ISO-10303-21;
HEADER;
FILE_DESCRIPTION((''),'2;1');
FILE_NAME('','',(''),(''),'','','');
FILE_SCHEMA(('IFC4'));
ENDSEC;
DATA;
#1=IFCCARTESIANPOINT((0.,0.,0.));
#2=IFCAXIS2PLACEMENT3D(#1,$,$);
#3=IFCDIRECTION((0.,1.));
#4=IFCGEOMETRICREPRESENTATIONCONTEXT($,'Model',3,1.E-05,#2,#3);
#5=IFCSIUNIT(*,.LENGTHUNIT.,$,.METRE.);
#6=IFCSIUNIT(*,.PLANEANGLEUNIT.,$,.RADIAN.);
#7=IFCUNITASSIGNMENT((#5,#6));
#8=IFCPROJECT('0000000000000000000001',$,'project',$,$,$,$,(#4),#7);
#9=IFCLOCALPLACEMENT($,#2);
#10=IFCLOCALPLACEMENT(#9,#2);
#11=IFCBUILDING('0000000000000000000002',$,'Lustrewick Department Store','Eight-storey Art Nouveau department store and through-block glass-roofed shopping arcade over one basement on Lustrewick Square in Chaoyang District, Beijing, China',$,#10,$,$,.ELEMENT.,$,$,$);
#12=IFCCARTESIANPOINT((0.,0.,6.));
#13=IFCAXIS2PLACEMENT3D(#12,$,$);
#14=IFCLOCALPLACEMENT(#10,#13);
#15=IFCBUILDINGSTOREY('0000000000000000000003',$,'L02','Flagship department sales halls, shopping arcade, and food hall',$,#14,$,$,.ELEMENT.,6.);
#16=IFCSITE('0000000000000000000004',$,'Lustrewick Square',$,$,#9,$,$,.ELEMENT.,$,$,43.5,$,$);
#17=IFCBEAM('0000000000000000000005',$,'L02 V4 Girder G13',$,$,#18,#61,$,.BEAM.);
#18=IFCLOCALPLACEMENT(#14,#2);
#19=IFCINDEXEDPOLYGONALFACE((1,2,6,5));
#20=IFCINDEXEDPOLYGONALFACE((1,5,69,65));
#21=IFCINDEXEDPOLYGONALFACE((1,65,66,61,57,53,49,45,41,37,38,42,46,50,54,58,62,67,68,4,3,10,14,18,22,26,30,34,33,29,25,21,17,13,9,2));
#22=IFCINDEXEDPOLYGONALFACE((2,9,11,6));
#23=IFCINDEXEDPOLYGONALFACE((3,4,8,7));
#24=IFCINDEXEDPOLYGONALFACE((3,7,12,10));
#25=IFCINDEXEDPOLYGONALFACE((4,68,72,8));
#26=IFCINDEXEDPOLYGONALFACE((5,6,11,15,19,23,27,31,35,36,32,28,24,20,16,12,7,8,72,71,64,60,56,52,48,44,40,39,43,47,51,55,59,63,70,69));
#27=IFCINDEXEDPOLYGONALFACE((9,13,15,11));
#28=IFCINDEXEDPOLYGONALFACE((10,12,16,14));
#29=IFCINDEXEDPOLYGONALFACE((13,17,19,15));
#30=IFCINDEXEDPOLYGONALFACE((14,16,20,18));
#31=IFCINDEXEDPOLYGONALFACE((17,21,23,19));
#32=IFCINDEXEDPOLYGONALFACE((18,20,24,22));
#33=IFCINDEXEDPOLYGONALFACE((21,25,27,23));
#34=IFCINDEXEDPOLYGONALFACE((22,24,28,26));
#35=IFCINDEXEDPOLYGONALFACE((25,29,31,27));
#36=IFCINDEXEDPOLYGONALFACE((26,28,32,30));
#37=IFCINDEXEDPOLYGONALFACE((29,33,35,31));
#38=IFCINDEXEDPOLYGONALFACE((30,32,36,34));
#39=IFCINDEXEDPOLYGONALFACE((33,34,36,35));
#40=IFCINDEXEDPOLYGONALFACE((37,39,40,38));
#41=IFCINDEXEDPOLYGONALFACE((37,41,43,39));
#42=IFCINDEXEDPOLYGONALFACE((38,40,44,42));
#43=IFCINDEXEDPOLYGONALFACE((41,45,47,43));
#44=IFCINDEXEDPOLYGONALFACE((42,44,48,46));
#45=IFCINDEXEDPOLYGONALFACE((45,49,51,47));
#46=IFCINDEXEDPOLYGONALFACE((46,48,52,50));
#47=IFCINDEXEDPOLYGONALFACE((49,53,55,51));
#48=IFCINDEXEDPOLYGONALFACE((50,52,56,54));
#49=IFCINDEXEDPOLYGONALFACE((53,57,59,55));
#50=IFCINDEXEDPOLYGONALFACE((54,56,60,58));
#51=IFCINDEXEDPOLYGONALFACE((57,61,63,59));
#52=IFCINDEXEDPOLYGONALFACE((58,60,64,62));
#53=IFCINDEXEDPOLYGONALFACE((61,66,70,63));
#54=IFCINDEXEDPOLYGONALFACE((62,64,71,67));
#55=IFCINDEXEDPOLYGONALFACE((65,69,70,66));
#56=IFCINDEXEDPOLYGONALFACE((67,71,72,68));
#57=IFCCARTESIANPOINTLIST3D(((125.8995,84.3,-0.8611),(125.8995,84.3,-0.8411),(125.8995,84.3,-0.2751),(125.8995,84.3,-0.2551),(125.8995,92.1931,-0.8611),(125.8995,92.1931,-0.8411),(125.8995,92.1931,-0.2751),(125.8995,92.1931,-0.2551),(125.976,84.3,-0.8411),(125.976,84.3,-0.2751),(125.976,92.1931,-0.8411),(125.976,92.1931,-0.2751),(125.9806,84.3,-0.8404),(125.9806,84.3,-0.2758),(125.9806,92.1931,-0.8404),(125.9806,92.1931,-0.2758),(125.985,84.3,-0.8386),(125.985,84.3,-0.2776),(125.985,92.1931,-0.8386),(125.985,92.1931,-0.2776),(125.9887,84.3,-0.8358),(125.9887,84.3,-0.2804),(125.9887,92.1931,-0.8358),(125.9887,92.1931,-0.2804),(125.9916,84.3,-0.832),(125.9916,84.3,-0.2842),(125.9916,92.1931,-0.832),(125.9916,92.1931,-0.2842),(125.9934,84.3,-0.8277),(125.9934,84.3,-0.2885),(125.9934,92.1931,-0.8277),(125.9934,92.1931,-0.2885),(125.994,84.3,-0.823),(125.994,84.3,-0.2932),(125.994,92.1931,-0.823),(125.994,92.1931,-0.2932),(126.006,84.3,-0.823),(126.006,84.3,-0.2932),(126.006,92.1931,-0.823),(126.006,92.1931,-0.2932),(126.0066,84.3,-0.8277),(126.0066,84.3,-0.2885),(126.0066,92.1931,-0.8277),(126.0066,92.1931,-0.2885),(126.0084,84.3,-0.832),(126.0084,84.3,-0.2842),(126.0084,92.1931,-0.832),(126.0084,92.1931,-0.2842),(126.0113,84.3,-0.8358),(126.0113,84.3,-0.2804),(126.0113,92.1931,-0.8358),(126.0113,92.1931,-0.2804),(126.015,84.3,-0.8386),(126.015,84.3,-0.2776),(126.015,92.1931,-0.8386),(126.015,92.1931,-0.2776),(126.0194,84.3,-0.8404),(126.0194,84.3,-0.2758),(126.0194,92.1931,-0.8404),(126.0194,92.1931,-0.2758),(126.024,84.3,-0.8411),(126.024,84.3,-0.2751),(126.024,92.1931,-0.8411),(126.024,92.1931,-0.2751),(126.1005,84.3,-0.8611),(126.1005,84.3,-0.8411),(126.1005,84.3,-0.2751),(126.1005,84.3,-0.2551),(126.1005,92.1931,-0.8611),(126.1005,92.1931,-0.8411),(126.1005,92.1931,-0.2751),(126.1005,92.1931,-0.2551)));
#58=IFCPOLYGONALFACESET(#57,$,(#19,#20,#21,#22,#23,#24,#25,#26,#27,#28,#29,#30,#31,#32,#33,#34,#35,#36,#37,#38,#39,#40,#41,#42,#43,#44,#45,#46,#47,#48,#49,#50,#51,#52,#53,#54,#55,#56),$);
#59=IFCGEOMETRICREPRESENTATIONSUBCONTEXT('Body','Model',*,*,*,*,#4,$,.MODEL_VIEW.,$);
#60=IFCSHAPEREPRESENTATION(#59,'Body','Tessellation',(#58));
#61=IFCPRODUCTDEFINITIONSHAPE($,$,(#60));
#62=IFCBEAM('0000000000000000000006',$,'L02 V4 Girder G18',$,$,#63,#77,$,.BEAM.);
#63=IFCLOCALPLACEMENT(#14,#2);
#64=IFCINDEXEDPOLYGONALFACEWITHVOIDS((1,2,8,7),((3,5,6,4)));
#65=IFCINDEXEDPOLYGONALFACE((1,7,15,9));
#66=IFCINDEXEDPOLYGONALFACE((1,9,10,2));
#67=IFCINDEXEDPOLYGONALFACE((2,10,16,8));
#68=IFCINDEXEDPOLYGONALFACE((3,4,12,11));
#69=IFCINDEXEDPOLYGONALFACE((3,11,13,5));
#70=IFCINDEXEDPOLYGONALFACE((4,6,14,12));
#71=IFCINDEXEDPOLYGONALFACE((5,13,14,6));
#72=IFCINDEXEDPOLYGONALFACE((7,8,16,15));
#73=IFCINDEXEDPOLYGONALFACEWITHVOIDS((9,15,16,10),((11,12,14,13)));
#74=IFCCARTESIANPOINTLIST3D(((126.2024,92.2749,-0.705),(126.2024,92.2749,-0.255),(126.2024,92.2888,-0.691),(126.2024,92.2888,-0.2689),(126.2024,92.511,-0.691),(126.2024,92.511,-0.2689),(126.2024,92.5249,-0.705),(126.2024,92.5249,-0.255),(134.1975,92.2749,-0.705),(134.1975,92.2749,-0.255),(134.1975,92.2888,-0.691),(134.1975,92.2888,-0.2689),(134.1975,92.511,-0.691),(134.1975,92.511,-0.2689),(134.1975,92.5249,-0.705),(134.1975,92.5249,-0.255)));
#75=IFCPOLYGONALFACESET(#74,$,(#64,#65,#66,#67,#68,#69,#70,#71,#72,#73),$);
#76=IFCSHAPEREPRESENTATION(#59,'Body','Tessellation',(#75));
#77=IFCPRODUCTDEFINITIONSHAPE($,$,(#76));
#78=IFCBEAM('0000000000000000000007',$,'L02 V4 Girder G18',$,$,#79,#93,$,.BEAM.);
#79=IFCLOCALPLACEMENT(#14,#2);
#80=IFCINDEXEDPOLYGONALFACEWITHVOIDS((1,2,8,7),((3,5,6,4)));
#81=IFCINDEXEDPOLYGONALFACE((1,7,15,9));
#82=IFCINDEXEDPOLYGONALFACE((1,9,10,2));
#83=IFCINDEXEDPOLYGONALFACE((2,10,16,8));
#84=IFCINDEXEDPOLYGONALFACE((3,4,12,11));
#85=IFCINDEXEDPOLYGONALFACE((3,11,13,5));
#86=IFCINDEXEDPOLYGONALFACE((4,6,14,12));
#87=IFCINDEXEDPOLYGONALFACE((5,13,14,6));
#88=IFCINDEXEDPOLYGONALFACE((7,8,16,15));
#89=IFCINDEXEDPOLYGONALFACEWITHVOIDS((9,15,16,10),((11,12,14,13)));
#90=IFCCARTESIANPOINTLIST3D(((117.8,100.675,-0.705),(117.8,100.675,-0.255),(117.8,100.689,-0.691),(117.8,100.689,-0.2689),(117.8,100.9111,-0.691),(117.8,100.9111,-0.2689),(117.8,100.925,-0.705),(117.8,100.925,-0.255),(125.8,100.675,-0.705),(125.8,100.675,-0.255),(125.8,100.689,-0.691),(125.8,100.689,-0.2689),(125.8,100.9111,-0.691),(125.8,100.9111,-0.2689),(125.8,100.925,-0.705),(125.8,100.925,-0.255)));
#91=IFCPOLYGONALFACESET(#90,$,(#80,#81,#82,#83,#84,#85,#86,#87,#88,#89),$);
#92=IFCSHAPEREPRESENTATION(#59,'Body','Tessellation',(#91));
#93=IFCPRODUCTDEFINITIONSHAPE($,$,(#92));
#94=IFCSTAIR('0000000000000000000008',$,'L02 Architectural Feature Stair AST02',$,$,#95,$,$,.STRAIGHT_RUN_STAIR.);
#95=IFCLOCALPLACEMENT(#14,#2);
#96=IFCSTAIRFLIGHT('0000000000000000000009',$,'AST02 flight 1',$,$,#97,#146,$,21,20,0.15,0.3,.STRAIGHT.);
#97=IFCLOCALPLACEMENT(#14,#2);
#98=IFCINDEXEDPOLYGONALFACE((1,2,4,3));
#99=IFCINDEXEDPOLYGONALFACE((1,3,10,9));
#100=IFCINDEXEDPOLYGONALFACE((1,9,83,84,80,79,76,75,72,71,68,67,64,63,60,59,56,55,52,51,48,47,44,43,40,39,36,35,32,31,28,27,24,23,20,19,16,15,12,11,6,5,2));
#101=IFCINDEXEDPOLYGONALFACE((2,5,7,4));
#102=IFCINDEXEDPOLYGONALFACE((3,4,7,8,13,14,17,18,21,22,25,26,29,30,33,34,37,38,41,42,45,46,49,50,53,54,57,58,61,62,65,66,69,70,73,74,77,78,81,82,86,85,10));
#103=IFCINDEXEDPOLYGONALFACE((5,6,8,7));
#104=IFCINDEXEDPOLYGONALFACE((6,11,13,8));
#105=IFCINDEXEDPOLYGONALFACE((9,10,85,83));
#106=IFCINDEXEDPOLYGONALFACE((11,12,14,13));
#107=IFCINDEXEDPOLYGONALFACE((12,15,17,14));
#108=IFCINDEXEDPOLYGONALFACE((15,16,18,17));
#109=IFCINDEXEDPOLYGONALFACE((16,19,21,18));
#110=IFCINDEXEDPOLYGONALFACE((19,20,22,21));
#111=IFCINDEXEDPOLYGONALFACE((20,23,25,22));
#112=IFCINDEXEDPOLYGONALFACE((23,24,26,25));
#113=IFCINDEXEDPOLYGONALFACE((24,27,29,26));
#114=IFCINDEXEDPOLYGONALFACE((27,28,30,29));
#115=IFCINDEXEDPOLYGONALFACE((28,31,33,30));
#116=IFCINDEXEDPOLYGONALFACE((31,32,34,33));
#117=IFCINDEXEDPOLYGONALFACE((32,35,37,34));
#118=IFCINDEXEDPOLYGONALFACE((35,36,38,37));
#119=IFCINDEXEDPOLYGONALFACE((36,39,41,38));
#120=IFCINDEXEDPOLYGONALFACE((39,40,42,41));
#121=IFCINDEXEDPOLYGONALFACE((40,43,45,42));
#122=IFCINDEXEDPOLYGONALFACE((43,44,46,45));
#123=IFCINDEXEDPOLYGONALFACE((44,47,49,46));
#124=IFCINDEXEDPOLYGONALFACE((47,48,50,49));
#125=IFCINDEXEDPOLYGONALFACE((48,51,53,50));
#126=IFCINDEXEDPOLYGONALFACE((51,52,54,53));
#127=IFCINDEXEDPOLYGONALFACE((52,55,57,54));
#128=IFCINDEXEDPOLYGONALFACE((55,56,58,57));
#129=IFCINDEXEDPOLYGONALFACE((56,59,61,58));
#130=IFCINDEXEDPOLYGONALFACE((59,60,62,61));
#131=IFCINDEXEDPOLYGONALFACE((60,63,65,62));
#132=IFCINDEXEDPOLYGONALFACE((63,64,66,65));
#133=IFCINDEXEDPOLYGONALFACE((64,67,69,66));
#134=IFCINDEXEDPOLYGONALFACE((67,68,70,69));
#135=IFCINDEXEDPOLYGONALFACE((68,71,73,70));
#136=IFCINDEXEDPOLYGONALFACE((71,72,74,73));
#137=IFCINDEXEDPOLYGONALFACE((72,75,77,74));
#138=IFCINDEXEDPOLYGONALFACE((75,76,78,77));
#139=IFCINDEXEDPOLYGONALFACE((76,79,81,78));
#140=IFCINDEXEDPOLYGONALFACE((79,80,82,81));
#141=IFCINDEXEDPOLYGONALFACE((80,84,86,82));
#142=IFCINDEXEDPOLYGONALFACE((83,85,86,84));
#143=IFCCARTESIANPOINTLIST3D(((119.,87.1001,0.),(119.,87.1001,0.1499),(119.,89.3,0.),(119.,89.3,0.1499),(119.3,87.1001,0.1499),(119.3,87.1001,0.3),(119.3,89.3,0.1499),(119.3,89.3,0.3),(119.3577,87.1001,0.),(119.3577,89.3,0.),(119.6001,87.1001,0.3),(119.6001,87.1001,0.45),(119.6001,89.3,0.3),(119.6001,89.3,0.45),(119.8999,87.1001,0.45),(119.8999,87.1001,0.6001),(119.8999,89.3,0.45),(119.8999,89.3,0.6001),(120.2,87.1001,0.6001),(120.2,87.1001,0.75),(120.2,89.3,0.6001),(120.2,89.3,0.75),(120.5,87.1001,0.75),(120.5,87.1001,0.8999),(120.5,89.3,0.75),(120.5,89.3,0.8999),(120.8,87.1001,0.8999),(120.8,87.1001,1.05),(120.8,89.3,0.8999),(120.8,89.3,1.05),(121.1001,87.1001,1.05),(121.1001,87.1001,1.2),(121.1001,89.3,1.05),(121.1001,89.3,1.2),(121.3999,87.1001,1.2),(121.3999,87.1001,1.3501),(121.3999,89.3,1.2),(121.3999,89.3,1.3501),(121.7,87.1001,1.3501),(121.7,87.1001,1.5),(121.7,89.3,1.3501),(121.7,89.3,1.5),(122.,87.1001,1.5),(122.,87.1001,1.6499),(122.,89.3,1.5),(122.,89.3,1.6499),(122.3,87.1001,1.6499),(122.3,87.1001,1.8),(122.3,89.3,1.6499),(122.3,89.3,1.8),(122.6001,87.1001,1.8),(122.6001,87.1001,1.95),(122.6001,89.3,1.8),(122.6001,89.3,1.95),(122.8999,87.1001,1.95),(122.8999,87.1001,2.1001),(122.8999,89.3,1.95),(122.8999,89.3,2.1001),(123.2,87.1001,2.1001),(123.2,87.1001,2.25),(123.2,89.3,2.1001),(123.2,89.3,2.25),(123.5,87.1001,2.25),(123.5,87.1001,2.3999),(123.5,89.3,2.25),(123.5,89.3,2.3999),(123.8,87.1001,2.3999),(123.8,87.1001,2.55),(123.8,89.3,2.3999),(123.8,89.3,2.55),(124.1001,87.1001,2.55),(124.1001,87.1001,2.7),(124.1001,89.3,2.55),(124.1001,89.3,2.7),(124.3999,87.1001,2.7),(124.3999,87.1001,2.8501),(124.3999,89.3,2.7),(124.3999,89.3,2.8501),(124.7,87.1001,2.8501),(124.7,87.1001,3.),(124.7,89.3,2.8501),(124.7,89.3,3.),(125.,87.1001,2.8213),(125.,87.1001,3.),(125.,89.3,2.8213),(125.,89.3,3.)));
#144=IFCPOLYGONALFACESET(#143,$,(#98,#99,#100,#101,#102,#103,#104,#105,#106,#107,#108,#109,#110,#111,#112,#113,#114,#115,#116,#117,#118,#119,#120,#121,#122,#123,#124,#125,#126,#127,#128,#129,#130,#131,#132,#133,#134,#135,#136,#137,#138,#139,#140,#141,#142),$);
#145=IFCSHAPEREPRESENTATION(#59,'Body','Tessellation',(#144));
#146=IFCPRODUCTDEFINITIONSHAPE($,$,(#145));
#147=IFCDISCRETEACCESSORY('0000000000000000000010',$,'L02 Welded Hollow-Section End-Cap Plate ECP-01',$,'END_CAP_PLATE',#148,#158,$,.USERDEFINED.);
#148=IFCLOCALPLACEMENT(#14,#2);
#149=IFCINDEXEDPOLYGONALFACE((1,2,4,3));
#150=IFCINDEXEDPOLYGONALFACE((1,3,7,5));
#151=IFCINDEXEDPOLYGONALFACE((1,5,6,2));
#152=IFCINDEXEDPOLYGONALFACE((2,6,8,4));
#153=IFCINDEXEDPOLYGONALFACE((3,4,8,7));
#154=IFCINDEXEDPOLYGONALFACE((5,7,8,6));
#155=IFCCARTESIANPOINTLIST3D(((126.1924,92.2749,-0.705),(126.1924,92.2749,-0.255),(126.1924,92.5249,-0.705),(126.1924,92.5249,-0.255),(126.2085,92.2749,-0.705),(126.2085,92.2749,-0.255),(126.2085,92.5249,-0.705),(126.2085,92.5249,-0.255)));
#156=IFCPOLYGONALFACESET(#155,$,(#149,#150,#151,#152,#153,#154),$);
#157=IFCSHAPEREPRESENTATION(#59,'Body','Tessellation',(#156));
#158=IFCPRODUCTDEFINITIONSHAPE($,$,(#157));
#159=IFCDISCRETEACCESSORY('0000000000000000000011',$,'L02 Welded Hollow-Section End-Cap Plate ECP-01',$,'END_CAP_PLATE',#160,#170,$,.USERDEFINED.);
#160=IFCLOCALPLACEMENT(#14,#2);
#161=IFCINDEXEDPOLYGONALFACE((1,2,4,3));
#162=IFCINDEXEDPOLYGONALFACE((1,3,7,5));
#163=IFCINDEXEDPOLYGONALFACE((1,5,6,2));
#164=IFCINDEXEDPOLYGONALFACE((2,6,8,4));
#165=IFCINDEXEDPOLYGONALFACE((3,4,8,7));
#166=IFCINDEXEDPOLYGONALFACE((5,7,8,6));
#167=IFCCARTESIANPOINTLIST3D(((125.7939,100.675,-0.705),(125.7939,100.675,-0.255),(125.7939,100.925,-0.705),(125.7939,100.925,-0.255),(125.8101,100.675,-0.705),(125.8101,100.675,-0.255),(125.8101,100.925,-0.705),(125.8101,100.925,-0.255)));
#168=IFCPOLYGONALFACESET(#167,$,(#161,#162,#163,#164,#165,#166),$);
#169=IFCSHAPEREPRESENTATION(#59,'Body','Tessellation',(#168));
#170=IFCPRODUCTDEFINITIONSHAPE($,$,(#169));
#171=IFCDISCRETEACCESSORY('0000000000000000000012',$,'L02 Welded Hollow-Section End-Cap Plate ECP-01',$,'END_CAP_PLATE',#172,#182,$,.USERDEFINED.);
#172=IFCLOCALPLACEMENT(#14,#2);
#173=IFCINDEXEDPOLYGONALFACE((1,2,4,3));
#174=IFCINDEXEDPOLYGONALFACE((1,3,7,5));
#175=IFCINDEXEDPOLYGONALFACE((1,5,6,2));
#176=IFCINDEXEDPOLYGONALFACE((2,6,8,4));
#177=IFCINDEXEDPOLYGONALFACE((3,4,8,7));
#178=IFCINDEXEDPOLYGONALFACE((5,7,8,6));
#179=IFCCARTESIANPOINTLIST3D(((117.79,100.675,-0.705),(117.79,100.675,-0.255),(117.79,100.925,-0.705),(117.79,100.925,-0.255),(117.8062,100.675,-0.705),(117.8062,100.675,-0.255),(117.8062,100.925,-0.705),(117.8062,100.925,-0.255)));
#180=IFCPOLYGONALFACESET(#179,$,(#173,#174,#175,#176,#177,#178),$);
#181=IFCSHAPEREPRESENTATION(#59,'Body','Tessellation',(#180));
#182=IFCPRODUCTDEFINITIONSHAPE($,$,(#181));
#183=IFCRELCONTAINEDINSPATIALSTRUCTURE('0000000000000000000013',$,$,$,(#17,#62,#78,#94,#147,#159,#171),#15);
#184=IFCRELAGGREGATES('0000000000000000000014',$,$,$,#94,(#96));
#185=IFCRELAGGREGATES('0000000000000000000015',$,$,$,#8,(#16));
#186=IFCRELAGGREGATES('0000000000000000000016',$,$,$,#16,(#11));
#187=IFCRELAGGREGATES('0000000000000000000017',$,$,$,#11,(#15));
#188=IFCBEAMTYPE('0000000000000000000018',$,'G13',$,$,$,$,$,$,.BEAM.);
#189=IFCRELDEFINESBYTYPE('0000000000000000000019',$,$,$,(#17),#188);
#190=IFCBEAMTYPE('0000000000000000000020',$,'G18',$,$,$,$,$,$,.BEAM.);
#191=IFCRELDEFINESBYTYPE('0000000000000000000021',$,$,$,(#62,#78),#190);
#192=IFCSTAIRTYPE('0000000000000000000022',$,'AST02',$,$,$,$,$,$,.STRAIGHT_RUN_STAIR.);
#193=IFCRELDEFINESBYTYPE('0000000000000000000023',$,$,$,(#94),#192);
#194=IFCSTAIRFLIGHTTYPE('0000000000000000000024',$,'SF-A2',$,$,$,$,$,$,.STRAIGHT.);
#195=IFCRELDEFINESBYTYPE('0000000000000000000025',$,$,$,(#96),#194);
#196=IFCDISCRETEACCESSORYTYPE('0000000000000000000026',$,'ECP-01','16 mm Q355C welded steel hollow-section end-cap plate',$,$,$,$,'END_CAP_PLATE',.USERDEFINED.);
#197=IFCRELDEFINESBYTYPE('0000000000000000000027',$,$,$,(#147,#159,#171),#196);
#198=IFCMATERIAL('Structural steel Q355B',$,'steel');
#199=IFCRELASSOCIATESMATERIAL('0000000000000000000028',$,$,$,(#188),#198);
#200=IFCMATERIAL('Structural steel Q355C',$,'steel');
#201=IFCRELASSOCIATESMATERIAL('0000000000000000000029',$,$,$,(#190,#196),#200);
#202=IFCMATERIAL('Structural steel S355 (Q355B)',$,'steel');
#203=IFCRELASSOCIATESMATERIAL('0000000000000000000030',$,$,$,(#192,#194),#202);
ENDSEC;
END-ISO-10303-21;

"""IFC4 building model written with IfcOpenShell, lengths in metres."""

from ifc_helpers import new_model, si_unit, direction, frame, origin, origin_2d, place, context, subcontext, project, spatial, polyline, rectangle, hollow_rectangle, i_section, outline, extrude, material, material_profile, profile_set, type_object, element, aggregate, save


model = new_model("IFC4")

# Units and contexts
model_context = context("Model", 3, precision=1e-05, world=origin(), true_north=direction((0.0, 1.0)))
body_context = subcontext(model_context, "Body", "Model", "MODEL_VIEW")
ifc_project = project(units=[si_unit("LENGTHUNIT", "METRE"), si_unit("PLANEANGLEUNIT", "RADIAN")], contexts=[model_context])

# Site, building, storey
site_placement = place(None, origin())
site = spatial("IfcSite", under=ifc_project, at=site_placement, Name="Lustrewick Square", CompositionType="ELEMENT", RefElevation=43.5)
building_placement = place(site_placement, origin())
building = spatial("IfcBuilding", under=site, at=building_placement, Name="Lustrewick Department Store", Description="Eight-storey Art Nouveau department store and through-block glass-roofed shopping arcade over one basement on Lustrewick Square in Chaoyang District, Beijing, China", CompositionType="ELEMENT")
storey_placement = place(building_placement, frame((0.0, 0.0, 6.0)))
storey = spatial("IfcBuildingStorey", under=building, at=storey_placement, Name="L02", Description="Flagship department sales halls, shopping arcade, and food hall", CompositionType="ELEMENT", Elevation=6.0)

# Shared definitions
ifc_material_1 = material(Name="Structural steel Q355B", Category="steel")

# Beams
ifc_material_2 = material(Name="Structural steel Q355C", Category="steel")
ifc_material_profile_1 = material_profile(ifc_material_1, i_section(OverallWidth=0.2009, OverallDepth=0.606, WebThickness=0.012, FlangeThickness=0.02, FilletRadius=0.0181, at=origin_2d()), Name="HN 606x201x12x20")
ifc_profile_set_1 = profile_set([ifc_material_profile_1], Name="Structural steel Q355B")
beam_type_1 = type_object("IfcBeamType", Name="G13", PredefinedType="BEAM", material=ifc_profile_set_1)
beam_1_placement = place(storey_placement, frame((126.0, 84.3, -0.5581), z_axis=(0.0, 1.0, 0.0), x_axis=(-1.0, 0.0, 0.0)))
element("IfcBeam", 1, at=beam_1_placement, inside=storey, type_object=beam_type_1, Name="L02 V4 Girder G13", PredefinedType="BEAM", context=body_context, shape_type="SweptSolid", body=[
    extrude(i_section(OverallWidth=0.2009, OverallDepth=0.606, WebThickness=0.012, FlangeThickness=0.02, FilletRadius=0.0181, at=origin_2d()), origin(), (0.0, 0.0, 1.0), 7.8931),
])
ifc_material_profile_2 = material_profile(ifc_material_2, hollow_rectangle(XDim=0.25, YDim=0.45, WallThickness=0.0139, at=origin_2d()), Name="RHS 450x250x14")
ifc_profile_set_2 = profile_set([ifc_material_profile_2], Name="Structural steel Q355C")
beam_type_2 = type_object("IfcBeamType", Name="G18", PredefinedType="BEAM", material=ifc_profile_set_2)
beam_2_placement = place(storey_placement, frame((126.2024, 92.3999, -0.48), z_axis=(1.0, 0.0, 0.0), x_axis=(0.0, 1.0, 0.0)))
element("IfcBeam", 2, at=beam_2_placement, inside=storey, type_object=beam_type_2, Name="L02 V4 Girder G18", PredefinedType="BEAM", context=body_context, shape_type="SweptSolid", body=[
    extrude(hollow_rectangle(XDim=0.25, YDim=0.45, WallThickness=0.0139, at=origin_2d()), origin(), (0.0, 0.0, 1.0), 7.9951),
])
beam_3_placement = place(storey_placement, frame((117.8, 100.8, -0.48), z_axis=(1.0, 0.0, 0.0), x_axis=(0.0, 1.0, 0.0)))
element("IfcBeam", 3, at=beam_3_placement, inside=storey, type_object=beam_type_2, Name="L02 V4 Girder G18", PredefinedType="BEAM", context=body_context, shape_type="SweptSolid", body=[
    extrude(hollow_rectangle(XDim=0.25, YDim=0.45, WallThickness=0.0139, at=origin_2d()), origin(), (0.0, 0.0, 1.0), 8.0),
])

# Stair, stair flight
ifc_material_3 = material(Name="Structural steel S355 (Q355B)", Category="steel")
stair_type = type_object("IfcStairType", Name="AST02", PredefinedType="STRAIGHT_RUN_STAIR", material=ifc_material_3)
stair_placement = place(storey_placement, origin())
stair = element("IfcStair", 4, at=stair_placement, inside=storey, type_object=stair_type, Name="L02 Architectural Feature Stair AST02", PredefinedType="STRAIGHT_RUN_STAIR")
stair_flight_type = type_object("IfcStairFlightType", Name="SF-A2", PredefinedType="STRAIGHT", material=ifc_material_3)
stair_flight_placement = place(storey_placement, frame((119.0, 88.2, 0.0), z_axis=(0.0, 0.0, 1.0), x_axis=(1.0, 0.0, 0.0)))
stair_flight = element("IfcStairFlight", 5, at=stair_flight_placement, type_object=stair_flight_type, Name="AST02 flight 1", NumberOfRisers=21, NumberOfTreads=20, PredefinedType="STRAIGHT", RiserHeight=0.15, TreadLength=0.3, context=body_context, shape_type="SweptSolid", body=[
    extrude(outline(polyline([(0.0, 0.0), (0.0, 0.1499), (0.3, 0.1499), (0.3, 0.3), (0.6001, 0.3), (0.6001, 0.45), (0.8999, 0.45), (0.8999, 0.6001), (1.2, 0.6001), (1.2, 0.75), (1.5, 0.75), (1.5, 0.8999), (1.8, 0.8999), (1.8, 1.05), (2.1001, 1.05), (2.1001, 1.2), (2.3999, 1.2), (2.3999, 1.3501), (2.7, 1.3501), (2.7, 1.5), (3.0, 1.5), (3.0, 1.6499), (3.3, 1.6499), (3.3, 1.8), (3.6001, 1.8), (3.6001, 1.95), (3.8999, 1.95), (3.8999, 2.1001), (4.2, 2.1001), (4.2, 2.25), (4.5, 2.25), (4.5, 2.3999), (4.8, 2.3999), (4.8, 2.55), (5.1001, 2.55), (5.1001, 2.7), (5.3999, 2.7), (5.3999, 2.8501), (5.7, 2.8501), (5.7, 3.0), (6.0, 3.0), (6.0, 3.1499), (6.0, 2.8213), (0.3577, 0.0), (0.0, 0.0)])), frame((0.0, 1.1001, 0.0), z_axis=(0.0, -1.0, 0.0), x_axis=(1.0, 0.0, 0.0)), (0.0, 0.0, 1.0), 2.2),
])
aggregate(stair, [stair_flight])

# Discrete accessories
discrete_accessory_type = type_object("IfcDiscreteAccessoryType", Name="ECP-01", Description="16 mm Q355C welded steel hollow-section end-cap plate", ElementType="END_CAP_PLATE", PredefinedType="USERDEFINED", material=ifc_material_2)
for number, where, z_axis, x_axis, name in (
    (6, (126.2085, 92.3999, -0.48), (-1.0, 0.0, 0.0), (0.0, 1.0, 0.0), "L02 Welded Hollow-Section End-Cap Plate ECP-01"),
    (7, (125.7939, 100.8, -0.48), (1.0, 0.0, 0.0), (0.0, 1.0, 0.0), "L02 Welded Hollow-Section End-Cap Plate ECP-01"),
    (8, (117.8062, 100.8, -0.48), (-1.0, 0.0, 0.0), (0.0, 1.0, 0.0), "L02 Welded Hollow-Section End-Cap Plate ECP-01"),
):
    element("IfcDiscreteAccessory", number, at=place(storey_placement, frame(where, z_axis=z_axis, x_axis=x_axis)), inside=storey, type_object=discrete_accessory_type, Name=name, ObjectType="END_CAP_PLATE", PredefinedType="USERDEFINED", context=body_context, shape_type="SweptSolid", body=[
        extrude(rectangle(XDim=0.25, YDim=0.45, at=origin_2d()), origin(), (0.0, 0.0, 1.0), 0.0161),
    ])

save(model, "model.ifc")
